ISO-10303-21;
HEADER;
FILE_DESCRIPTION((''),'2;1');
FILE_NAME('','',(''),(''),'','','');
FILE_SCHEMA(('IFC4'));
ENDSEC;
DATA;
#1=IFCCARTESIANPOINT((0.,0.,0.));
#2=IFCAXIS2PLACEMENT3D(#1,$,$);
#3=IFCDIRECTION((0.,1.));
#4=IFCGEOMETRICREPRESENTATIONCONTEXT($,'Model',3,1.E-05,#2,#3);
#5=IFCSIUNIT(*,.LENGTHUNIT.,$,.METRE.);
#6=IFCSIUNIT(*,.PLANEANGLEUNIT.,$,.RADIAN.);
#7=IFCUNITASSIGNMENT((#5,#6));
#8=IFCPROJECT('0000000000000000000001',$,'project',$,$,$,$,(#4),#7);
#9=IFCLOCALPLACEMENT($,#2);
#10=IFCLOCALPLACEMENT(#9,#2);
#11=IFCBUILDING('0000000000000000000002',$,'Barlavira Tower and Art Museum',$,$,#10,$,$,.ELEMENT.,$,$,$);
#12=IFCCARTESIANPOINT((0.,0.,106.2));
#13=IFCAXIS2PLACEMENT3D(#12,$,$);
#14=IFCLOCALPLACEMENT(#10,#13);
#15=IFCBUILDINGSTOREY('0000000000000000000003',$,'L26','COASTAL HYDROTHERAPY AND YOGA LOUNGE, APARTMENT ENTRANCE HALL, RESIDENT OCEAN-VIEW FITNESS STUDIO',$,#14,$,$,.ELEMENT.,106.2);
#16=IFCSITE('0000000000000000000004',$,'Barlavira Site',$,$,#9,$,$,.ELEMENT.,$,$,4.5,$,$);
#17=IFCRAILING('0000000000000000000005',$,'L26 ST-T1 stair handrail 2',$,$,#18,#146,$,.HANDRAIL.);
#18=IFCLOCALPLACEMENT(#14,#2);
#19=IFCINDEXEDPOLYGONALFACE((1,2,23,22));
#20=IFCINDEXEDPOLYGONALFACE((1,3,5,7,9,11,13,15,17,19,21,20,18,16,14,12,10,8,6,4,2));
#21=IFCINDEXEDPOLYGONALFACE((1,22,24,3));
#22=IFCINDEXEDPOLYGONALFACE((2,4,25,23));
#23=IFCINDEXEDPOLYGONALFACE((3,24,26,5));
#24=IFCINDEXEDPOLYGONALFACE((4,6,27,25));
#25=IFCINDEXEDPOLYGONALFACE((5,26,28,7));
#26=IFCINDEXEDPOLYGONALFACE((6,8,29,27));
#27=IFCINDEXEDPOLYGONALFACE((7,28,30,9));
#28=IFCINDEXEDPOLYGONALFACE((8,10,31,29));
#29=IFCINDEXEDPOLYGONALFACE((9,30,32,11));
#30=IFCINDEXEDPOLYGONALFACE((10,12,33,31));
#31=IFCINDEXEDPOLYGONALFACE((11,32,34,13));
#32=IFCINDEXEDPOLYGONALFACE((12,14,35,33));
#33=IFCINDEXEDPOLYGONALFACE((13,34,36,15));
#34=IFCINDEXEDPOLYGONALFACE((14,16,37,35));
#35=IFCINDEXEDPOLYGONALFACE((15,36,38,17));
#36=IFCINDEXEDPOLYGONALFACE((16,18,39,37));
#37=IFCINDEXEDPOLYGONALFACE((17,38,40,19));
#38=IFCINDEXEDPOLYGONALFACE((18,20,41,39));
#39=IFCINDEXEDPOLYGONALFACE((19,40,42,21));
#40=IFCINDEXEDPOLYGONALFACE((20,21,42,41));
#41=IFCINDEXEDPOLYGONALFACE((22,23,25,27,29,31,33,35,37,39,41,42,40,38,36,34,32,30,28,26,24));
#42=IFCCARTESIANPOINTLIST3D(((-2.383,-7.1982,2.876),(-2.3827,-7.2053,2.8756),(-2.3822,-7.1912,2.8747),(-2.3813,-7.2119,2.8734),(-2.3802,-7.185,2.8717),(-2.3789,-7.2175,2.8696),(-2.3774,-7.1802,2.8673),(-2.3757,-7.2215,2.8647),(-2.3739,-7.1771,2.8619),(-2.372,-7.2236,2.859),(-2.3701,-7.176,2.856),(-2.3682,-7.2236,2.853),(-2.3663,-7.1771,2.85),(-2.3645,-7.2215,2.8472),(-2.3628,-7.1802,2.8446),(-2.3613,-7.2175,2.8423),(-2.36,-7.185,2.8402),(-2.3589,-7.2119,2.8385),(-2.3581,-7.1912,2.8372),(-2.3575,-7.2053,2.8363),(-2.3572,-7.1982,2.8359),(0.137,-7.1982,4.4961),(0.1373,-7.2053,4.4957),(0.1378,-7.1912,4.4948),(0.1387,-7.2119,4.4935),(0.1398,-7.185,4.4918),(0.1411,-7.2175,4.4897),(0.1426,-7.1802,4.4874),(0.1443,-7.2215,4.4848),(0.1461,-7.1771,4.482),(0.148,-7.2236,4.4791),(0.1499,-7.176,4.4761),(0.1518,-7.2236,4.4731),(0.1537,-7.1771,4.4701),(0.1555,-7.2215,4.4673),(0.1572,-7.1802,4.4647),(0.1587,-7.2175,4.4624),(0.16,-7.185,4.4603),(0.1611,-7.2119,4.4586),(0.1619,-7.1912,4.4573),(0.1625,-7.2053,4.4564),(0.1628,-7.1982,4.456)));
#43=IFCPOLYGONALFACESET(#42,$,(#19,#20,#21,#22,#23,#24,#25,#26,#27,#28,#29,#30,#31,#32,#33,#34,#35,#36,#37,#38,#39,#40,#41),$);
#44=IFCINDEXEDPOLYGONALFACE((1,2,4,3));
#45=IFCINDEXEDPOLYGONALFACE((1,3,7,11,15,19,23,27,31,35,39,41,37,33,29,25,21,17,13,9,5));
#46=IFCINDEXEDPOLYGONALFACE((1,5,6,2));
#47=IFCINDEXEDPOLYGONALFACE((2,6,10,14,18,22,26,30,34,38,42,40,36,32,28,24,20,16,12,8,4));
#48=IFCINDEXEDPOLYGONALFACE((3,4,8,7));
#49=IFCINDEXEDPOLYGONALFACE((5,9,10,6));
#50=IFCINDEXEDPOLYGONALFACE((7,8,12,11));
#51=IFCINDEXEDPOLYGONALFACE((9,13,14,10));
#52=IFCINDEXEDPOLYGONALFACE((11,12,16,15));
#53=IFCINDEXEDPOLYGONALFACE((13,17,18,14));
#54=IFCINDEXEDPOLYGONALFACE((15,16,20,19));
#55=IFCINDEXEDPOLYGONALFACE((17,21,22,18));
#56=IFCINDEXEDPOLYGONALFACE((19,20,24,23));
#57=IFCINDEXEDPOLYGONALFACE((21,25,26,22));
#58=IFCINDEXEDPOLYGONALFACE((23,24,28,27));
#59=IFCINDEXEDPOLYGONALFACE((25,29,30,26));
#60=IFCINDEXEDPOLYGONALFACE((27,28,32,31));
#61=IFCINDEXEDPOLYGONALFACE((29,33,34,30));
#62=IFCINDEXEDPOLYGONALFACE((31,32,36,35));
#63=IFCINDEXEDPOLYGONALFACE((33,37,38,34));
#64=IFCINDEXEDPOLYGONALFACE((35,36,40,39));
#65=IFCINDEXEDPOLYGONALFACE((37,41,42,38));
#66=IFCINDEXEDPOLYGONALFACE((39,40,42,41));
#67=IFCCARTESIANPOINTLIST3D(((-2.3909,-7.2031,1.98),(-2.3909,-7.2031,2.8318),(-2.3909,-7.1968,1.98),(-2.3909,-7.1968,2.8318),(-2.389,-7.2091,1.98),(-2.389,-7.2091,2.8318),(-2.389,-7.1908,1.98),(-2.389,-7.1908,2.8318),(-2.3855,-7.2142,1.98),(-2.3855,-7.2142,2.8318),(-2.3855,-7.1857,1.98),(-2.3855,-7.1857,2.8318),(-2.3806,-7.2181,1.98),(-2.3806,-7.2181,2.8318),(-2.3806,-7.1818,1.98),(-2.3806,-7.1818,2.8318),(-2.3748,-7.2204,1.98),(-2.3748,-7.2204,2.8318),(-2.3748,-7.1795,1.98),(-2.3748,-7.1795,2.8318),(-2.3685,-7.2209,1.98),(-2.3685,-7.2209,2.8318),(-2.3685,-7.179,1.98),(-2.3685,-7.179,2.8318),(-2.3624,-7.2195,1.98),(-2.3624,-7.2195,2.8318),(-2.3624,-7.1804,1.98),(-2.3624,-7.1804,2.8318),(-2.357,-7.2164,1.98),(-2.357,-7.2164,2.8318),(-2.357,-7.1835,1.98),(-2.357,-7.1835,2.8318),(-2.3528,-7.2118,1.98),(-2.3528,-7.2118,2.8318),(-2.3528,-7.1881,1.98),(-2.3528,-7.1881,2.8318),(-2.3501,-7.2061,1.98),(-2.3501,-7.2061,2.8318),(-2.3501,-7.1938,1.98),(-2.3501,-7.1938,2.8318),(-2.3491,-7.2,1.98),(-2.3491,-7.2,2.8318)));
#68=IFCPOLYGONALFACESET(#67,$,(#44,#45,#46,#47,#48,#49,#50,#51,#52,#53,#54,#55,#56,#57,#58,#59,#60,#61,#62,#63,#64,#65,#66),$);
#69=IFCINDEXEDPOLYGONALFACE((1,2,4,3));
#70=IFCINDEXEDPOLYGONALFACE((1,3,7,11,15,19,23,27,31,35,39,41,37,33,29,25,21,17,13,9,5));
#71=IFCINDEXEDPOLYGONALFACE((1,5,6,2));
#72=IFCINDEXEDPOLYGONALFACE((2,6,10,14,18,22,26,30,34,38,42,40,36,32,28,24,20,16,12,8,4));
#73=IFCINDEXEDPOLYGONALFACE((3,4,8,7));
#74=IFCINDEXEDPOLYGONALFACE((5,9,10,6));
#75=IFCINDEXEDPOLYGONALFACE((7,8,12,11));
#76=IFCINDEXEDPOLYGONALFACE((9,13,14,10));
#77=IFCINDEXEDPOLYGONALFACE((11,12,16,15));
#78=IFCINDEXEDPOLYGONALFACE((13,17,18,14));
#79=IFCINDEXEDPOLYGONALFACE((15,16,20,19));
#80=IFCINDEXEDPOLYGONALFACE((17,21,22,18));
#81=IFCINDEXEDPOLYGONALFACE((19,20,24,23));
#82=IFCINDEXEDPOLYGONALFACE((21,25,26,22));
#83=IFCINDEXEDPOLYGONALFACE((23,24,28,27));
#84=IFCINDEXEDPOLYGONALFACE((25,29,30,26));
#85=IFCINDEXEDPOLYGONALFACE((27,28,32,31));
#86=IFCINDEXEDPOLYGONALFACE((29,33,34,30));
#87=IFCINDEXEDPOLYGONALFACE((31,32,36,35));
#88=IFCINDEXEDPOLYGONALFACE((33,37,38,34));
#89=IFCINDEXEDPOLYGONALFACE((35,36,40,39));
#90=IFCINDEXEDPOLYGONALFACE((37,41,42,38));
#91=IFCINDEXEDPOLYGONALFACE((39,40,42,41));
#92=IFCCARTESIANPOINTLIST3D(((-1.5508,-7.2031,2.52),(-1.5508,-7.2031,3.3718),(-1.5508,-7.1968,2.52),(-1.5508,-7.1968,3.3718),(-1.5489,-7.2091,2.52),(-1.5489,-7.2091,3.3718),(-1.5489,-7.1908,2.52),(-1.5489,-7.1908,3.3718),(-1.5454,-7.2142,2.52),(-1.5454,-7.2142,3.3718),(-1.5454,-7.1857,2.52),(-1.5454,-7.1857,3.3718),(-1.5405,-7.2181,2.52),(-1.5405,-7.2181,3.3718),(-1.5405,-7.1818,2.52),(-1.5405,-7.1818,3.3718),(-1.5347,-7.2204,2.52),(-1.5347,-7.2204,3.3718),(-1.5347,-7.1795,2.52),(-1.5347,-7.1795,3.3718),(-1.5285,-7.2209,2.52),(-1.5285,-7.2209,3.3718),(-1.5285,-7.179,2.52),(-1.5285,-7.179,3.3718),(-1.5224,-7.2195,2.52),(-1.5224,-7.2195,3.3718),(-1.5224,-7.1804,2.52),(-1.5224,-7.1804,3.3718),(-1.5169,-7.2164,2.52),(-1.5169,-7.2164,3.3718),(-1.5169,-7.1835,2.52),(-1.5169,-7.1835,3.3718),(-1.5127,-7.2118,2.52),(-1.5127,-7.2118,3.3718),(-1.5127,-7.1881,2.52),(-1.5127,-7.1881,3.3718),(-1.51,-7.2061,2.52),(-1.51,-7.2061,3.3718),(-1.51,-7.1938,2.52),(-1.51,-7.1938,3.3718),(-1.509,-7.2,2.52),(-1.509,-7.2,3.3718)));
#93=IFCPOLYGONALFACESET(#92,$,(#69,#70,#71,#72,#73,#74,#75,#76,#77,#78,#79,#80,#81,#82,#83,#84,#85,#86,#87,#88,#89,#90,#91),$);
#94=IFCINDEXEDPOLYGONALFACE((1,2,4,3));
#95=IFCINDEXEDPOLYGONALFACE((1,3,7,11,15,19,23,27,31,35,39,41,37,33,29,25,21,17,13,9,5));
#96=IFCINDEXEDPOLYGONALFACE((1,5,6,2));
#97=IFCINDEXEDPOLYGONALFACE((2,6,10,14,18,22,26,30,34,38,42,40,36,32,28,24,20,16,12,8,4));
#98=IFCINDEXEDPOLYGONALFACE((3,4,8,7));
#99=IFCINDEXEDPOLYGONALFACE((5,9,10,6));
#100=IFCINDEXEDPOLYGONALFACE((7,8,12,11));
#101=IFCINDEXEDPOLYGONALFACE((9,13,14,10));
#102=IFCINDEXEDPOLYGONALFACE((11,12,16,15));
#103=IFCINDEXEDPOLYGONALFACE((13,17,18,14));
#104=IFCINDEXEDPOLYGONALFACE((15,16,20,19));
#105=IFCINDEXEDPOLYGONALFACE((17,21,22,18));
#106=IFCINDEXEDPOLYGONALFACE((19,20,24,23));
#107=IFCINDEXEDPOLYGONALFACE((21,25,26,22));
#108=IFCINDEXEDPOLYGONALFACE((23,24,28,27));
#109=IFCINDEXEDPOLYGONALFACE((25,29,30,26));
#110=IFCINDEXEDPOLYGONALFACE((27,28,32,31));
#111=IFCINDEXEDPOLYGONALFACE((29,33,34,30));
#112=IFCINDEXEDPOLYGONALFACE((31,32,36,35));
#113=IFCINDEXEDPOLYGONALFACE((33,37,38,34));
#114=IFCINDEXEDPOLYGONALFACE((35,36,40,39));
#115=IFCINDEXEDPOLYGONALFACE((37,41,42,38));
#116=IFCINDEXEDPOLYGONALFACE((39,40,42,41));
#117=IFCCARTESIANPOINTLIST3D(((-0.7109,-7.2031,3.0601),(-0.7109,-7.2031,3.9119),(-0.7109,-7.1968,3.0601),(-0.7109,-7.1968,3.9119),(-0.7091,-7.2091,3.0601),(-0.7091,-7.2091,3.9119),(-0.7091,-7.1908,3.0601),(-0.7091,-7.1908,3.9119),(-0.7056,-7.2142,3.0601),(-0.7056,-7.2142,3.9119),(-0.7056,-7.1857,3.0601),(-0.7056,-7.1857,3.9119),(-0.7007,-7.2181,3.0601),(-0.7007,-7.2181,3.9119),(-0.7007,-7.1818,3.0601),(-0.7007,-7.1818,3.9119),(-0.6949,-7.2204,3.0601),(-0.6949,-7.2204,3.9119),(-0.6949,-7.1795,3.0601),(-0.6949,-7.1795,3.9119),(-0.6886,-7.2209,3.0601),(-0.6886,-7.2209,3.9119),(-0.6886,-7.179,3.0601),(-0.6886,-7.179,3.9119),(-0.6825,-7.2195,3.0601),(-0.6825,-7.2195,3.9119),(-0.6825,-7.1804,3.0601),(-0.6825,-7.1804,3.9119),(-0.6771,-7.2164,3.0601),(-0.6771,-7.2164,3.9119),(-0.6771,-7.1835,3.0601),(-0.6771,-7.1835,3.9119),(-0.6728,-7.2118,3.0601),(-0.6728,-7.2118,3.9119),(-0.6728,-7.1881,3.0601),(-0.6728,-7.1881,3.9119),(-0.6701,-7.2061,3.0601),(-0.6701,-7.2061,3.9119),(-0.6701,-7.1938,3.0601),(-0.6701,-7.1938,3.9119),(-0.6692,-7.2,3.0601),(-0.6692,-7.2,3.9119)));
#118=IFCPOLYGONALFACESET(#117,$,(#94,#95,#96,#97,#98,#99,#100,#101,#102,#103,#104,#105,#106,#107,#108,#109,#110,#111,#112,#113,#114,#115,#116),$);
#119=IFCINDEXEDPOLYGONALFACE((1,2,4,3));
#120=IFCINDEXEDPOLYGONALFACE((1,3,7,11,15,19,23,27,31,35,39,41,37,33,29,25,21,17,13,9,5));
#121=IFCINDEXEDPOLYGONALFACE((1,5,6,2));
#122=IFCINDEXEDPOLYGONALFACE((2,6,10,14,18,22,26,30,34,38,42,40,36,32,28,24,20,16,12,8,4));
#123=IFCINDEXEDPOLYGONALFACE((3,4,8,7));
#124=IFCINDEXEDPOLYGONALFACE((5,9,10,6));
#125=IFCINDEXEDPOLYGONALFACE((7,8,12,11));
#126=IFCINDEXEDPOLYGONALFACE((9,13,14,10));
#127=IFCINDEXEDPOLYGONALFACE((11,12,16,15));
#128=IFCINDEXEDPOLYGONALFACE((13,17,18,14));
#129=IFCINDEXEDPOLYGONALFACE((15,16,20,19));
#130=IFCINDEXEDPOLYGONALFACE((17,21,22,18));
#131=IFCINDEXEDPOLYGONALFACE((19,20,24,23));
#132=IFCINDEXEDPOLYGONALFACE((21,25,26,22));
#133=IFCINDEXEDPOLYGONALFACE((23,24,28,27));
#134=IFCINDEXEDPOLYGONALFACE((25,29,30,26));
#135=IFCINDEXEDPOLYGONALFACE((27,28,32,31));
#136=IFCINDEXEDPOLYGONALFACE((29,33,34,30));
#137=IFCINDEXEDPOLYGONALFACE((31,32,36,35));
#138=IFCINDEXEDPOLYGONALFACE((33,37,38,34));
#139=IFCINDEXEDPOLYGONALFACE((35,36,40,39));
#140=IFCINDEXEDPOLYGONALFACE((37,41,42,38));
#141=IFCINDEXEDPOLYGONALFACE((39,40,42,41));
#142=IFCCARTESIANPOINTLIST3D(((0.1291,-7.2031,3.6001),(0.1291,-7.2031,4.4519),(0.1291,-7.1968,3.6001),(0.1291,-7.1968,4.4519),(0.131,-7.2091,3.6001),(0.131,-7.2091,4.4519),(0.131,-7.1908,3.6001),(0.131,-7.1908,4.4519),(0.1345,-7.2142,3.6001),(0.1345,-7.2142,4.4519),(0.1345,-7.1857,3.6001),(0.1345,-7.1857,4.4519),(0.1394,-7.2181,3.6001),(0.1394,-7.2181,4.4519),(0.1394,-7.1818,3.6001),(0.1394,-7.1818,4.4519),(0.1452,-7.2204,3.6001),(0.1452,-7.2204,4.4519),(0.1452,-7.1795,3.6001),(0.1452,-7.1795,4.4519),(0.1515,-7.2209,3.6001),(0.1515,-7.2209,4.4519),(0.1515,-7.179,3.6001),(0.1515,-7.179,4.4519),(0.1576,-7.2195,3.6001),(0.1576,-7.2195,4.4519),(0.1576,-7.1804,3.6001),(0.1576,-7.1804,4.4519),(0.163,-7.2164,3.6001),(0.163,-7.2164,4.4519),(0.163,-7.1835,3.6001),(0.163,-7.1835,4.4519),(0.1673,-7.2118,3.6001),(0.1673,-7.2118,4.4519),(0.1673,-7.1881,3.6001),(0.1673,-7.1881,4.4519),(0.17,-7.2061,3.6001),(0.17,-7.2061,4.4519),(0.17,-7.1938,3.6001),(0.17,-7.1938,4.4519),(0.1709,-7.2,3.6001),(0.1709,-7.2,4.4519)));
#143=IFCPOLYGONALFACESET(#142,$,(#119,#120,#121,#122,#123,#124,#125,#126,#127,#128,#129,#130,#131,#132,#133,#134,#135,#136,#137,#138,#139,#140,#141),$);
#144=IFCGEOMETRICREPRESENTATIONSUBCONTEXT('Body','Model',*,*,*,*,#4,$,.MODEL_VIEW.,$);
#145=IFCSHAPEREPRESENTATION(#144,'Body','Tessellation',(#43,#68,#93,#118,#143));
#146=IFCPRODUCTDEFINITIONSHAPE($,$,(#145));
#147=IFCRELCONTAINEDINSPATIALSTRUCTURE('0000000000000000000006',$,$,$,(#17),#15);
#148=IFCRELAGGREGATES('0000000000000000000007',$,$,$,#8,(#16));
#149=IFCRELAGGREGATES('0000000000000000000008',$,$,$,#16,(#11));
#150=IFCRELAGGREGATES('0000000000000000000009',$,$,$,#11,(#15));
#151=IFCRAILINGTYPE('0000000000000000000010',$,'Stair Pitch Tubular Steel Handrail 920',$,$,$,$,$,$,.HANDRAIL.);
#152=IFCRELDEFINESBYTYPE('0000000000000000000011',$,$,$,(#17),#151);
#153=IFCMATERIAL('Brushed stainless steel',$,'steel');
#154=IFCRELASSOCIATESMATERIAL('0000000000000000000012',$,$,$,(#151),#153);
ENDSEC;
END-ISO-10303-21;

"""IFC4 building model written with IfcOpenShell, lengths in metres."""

from ifc_helpers import new_model, si_unit, direction, frame, origin, origin_2d, place, context, subcontext, project, spatial, circle, extrude, material, type_object, element, save


model = new_model("IFC4")

# Units and contexts
model_context = context("Model", 3, precision=1e-05, world=origin(), true_north=direction((0.0, 1.0)))
body_context = subcontext(model_context, "Body", "Model", "MODEL_VIEW")
ifc_project = project(units=[si_unit("LENGTHUNIT", "METRE"), si_unit("PLANEANGLEUNIT", "RADIAN")], contexts=[model_context])

# Site, building, storey
site_placement = place(None, origin())
site = spatial("IfcSite", under=ifc_project, at=site_placement, Name="Barlavira Site", CompositionType="ELEMENT", RefElevation=4.5)
building_placement = place(site_placement, origin())
building = spatial("IfcBuilding", under=site, at=building_placement, Name="Barlavira Tower and Art Museum", CompositionType="ELEMENT")
storey_placement = place(building_placement, frame((0.0, 0.0, 106.2)))
storey = spatial("IfcBuildingStorey", under=building, at=storey_placement, Name="L26", Description="COASTAL HYDROTHERAPY AND YOGA LOUNGE, APARTMENT ENTRANCE HALL, RESIDENT OCEAN-VIEW FITNESS STUDIO", CompositionType="ELEMENT", Elevation=106.2)

# Shared definitions
ifc_material_1 = material(Name="Brushed stainless steel", Category="steel")

# Railing
railing_type_1 = type_object("IfcRailingType", Name="Stair Pitch Tubular Steel Handrail 920", PredefinedType="HANDRAIL", material=ifc_material_1)
railing_1_placement = place(storey_placement, frame((-2.3701, -7.2, 1.98)))
element("IfcRailing", 1, at=railing_1_placement, inside=storey, type_object=railing_type_1, Name="L26 ST-T1 stair handrail 2", PredefinedType="HANDRAIL", context=body_context, shape_type="SweptSolid", body=[
    extrude(circle(Radius=0.0239, at=origin_2d()), frame((0.0, 0.0, 0.876), z_axis=(0.841163, 0.0, 0.540782), x_axis=(0.0, 1.0, 0.0)), (0.0, 0.0, 1.0), 2.9958),
    extrude(circle(Radius=0.021, at=origin_2d()), origin(), (0.0, 0.0, 1.0), 0.8518),
    extrude(circle(Radius=0.021, at=origin_2d()), frame((0.8401, 0.0, 0.54)), (0.0, 0.0, 1.0), 0.8518),
    extrude(circle(Radius=0.021, at=origin_2d()), frame((1.6799, 0.0, 1.0801)), (0.0, 0.0, 1.0), 0.8518),
    extrude(circle(Radius=0.021, at=origin_2d()), frame((2.52, 0.0, 1.6201)), (0.0, 0.0, 1.0), 0.8518),
])

save(model, "model.ifc")
